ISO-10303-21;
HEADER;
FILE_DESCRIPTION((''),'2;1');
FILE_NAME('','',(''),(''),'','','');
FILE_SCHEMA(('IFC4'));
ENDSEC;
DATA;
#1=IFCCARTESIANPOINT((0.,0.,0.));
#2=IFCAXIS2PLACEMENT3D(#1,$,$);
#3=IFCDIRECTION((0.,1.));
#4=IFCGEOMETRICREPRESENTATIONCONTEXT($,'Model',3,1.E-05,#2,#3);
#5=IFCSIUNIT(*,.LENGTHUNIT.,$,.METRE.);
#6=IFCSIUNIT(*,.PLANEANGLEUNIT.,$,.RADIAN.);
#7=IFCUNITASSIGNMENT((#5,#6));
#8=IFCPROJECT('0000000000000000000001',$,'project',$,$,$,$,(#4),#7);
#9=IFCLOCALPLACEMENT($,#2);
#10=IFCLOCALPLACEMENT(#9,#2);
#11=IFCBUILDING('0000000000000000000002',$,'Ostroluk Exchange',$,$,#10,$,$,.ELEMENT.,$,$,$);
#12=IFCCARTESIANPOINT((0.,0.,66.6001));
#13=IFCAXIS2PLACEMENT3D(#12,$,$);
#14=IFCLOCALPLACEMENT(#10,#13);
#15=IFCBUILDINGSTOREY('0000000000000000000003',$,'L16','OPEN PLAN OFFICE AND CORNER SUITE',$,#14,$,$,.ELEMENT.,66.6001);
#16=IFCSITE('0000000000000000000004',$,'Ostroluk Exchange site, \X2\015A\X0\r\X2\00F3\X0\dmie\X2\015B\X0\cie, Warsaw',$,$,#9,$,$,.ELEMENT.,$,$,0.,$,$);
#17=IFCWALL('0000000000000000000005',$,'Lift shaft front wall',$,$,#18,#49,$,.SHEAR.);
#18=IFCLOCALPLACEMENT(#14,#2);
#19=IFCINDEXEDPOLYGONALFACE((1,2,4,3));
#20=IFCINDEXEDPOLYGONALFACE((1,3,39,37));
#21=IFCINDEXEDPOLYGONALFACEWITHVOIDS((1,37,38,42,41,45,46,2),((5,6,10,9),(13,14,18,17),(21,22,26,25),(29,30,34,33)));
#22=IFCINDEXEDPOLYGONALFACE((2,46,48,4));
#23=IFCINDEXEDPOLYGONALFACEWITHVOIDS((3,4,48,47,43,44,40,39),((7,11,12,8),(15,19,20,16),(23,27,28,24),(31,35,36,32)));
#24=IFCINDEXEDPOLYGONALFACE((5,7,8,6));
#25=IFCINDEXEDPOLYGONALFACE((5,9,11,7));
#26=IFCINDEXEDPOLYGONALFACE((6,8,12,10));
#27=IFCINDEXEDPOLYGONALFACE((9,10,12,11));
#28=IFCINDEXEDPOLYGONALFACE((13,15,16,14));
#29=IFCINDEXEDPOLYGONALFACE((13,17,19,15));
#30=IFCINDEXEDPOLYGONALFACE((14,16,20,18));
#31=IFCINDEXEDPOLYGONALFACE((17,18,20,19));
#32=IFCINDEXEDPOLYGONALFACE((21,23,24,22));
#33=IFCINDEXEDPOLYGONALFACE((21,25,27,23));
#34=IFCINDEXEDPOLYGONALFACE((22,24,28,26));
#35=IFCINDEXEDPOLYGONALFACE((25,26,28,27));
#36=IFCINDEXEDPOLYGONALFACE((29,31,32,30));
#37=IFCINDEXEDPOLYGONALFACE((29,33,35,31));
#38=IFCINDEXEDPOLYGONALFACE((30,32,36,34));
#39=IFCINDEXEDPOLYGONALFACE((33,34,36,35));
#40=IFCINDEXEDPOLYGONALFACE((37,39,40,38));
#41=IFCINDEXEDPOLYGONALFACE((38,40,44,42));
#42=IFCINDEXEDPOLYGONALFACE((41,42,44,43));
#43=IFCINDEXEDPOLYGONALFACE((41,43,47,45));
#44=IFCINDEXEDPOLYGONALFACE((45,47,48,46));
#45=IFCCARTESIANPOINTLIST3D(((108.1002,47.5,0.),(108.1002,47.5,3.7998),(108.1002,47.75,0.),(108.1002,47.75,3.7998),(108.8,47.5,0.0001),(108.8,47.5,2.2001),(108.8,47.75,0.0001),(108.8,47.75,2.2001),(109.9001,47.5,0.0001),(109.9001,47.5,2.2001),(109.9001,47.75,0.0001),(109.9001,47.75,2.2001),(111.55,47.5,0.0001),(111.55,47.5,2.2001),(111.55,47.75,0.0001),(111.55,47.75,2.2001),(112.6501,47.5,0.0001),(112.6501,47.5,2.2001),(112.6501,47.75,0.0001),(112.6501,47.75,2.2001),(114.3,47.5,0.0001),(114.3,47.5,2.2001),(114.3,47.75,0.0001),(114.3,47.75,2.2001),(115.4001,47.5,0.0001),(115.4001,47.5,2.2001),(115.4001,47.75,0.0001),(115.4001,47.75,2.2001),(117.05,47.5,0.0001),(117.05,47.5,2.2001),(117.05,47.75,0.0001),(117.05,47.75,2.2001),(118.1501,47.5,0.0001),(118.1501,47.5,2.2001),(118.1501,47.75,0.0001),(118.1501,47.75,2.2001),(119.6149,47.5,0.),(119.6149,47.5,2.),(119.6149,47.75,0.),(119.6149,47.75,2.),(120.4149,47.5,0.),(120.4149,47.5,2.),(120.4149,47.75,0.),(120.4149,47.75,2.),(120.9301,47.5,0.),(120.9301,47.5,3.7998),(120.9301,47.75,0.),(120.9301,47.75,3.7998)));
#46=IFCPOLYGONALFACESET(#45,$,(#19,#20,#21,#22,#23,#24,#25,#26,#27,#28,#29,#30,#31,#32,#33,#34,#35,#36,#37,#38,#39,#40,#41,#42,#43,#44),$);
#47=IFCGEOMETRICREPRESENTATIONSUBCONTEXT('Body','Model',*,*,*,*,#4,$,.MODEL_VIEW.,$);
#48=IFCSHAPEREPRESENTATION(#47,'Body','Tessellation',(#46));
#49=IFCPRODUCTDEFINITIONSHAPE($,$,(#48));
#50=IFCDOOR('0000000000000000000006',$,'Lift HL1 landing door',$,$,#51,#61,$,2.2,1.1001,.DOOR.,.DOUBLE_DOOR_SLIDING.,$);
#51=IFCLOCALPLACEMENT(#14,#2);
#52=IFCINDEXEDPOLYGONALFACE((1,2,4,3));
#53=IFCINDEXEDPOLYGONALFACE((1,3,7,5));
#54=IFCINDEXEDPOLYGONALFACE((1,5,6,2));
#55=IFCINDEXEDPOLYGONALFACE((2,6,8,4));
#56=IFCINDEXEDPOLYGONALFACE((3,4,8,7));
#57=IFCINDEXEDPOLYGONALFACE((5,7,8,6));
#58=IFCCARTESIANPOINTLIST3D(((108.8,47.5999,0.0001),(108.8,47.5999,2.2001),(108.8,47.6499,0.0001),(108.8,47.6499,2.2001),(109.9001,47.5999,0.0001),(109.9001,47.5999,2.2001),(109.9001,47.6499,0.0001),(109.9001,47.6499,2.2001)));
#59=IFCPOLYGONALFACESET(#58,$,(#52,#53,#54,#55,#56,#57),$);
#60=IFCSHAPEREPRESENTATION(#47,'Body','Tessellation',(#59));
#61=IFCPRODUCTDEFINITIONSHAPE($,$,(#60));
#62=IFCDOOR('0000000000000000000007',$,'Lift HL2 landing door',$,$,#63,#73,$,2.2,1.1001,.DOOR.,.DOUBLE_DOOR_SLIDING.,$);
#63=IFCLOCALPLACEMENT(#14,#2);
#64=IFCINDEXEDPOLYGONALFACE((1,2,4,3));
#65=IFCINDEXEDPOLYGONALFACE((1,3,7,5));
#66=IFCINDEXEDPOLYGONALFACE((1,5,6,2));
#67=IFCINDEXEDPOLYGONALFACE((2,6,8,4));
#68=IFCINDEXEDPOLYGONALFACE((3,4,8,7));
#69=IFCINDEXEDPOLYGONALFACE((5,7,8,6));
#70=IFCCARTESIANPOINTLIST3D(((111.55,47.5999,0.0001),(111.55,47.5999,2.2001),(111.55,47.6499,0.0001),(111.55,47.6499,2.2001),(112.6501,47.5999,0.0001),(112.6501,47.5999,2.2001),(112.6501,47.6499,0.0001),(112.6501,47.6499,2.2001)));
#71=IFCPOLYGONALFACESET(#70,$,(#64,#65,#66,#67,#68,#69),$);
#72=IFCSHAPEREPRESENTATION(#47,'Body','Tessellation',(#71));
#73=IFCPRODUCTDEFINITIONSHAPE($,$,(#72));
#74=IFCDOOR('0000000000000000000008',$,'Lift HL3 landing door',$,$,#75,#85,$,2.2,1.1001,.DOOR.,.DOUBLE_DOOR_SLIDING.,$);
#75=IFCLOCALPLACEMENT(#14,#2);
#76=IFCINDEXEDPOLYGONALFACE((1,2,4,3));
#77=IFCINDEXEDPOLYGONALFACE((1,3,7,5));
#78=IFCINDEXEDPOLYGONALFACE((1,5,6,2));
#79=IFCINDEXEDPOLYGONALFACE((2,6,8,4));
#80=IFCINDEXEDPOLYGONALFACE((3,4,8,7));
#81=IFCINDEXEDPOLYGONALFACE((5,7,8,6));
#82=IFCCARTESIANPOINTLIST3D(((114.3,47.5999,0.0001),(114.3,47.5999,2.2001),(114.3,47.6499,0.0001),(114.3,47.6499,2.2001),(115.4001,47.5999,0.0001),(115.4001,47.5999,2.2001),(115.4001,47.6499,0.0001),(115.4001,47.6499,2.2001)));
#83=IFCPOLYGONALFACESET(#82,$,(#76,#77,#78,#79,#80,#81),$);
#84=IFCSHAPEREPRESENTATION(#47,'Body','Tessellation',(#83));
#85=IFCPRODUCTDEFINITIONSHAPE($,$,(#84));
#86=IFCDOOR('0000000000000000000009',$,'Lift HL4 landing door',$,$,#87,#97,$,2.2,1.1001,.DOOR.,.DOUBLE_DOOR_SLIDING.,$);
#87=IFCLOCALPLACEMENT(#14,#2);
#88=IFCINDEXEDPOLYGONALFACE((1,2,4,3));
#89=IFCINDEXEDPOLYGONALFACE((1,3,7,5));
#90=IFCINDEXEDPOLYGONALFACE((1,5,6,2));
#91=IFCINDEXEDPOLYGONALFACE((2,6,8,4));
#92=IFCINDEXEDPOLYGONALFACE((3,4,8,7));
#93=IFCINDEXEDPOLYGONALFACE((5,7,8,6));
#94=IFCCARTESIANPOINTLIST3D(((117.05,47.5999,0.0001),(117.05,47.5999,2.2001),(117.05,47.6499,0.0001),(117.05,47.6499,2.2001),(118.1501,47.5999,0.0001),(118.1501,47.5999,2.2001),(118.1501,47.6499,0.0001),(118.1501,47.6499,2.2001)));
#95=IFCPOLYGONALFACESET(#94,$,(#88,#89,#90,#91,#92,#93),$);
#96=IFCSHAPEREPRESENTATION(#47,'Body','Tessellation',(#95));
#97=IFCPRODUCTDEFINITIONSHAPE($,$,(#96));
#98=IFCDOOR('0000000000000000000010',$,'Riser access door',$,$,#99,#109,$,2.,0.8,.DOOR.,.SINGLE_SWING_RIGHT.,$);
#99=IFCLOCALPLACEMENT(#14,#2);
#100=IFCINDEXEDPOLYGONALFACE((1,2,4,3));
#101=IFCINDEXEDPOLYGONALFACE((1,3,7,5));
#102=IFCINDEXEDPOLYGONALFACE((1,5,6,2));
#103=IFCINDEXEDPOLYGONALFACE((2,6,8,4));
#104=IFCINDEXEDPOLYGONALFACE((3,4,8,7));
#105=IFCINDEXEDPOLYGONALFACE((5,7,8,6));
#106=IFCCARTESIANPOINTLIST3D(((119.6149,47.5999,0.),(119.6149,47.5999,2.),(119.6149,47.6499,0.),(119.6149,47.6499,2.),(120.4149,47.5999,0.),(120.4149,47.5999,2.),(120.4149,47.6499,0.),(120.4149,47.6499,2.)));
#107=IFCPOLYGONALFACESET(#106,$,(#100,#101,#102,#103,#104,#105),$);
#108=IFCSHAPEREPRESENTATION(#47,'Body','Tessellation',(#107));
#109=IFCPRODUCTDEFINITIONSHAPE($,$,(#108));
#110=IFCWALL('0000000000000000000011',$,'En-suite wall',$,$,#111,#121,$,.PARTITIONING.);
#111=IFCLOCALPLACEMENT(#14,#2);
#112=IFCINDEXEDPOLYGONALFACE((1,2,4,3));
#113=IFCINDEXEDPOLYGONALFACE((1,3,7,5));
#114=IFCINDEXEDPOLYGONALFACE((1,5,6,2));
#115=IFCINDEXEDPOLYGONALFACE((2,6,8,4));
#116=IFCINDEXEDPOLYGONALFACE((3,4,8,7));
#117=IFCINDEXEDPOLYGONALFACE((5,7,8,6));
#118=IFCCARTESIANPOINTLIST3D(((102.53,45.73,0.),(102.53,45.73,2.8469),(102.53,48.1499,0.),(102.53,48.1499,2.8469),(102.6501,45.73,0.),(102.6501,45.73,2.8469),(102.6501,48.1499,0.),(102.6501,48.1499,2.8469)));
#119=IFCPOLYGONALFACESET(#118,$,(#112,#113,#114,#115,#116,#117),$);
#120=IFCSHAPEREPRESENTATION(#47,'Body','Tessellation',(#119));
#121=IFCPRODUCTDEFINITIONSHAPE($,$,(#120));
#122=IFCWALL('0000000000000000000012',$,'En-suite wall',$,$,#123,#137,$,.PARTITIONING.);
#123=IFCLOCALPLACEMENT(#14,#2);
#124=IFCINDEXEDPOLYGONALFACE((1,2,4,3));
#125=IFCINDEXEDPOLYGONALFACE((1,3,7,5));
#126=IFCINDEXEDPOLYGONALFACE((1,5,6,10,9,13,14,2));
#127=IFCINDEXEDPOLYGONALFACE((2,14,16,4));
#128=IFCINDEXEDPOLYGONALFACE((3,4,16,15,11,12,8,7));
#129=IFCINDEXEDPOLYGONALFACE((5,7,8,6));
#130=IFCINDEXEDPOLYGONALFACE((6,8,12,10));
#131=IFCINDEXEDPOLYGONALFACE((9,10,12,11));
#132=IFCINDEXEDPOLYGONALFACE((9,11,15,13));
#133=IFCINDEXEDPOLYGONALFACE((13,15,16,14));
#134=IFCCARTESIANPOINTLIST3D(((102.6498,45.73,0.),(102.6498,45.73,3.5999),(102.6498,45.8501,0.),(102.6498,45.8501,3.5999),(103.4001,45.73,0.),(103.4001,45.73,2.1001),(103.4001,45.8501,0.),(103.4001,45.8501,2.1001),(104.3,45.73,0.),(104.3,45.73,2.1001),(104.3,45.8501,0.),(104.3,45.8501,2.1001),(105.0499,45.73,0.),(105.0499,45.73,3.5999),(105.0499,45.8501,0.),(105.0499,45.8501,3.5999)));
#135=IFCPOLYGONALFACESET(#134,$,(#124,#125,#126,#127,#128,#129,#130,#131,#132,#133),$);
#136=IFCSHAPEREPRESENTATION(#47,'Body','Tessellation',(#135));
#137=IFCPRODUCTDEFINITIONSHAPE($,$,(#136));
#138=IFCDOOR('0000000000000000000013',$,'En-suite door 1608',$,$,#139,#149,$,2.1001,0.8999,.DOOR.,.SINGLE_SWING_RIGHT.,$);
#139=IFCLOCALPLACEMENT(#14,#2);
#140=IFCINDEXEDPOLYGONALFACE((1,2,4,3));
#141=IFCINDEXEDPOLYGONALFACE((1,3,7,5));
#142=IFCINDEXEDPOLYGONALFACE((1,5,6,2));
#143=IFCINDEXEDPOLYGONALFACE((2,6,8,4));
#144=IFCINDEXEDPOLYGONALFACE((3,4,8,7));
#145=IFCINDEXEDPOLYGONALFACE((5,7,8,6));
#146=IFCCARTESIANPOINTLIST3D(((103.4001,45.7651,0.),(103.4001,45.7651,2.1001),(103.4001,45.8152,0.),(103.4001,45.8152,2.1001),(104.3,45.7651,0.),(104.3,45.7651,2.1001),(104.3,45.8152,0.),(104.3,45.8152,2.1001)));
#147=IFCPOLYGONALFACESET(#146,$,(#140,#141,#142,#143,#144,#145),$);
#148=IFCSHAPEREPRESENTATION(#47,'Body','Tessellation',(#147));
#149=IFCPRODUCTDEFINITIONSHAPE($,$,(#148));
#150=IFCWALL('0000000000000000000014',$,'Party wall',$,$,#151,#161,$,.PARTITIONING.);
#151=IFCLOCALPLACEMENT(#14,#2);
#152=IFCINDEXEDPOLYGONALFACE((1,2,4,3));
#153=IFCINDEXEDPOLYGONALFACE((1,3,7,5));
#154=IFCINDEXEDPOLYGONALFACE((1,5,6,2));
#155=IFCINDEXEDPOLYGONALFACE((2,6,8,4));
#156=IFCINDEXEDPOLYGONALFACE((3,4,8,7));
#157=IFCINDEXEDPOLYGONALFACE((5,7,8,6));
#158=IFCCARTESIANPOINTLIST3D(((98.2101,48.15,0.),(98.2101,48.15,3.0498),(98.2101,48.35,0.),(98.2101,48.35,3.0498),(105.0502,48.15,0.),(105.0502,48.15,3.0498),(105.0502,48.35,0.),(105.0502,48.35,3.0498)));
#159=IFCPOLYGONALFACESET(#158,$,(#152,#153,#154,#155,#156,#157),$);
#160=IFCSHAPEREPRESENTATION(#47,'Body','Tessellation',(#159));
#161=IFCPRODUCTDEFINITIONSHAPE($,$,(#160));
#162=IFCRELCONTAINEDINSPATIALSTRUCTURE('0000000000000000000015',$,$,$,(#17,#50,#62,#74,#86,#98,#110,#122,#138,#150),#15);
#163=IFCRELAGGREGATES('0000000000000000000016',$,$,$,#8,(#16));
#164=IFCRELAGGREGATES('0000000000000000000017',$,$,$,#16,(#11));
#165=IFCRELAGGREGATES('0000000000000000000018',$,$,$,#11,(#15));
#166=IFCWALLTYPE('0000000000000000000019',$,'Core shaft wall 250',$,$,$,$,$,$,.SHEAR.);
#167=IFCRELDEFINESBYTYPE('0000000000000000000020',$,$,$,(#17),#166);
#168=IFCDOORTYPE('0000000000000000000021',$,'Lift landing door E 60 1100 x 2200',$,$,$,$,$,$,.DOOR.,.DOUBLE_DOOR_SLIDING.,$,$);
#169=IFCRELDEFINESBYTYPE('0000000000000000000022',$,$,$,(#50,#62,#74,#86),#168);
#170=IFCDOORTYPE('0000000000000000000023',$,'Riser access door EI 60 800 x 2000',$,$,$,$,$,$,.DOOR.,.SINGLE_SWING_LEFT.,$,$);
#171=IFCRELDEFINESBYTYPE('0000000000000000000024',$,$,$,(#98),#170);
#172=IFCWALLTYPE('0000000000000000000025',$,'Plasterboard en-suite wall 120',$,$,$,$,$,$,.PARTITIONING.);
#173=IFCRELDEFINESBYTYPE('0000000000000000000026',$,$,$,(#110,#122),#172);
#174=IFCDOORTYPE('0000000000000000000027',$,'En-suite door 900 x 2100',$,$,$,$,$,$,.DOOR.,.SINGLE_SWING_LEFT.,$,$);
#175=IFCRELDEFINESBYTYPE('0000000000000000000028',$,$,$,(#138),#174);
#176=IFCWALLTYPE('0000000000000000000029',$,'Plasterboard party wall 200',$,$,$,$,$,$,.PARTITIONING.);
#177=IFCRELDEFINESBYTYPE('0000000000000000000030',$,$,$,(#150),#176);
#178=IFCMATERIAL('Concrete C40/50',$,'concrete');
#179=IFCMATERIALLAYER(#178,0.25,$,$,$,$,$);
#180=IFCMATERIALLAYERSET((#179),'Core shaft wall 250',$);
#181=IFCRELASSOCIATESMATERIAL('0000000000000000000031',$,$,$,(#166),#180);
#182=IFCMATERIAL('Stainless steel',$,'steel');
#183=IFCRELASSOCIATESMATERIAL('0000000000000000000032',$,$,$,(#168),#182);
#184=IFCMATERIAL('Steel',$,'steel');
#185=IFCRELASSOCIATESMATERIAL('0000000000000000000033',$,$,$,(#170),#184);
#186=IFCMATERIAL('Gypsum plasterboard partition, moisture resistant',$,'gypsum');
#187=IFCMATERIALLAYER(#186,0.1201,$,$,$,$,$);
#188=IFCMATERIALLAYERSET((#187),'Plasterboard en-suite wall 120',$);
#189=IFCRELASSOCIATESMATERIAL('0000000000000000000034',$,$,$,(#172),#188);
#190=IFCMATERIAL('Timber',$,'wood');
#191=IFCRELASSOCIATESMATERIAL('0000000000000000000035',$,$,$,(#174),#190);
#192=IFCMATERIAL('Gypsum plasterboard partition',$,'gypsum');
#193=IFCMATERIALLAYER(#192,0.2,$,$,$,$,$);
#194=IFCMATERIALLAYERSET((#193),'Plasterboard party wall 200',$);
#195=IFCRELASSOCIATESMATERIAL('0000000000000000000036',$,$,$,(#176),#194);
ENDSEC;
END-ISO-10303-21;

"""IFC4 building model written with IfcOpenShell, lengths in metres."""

from ifc_helpers import new_model, si_unit, direction, frame, frame_2d, origin, place, context, subcontext, project, spatial, rectangle, extrude, material, layer, layer_set, type_object, element, fill, save


model = new_model("IFC4")

# Units and contexts
model_context = context("Model", 3, precision=1e-05, world=origin(), true_north=direction((0.0, 1.0)))
body_context = subcontext(model_context, "Body", "Model", "MODEL_VIEW")
ifc_project = project(units=[si_unit("LENGTHUNIT", "METRE"), si_unit("PLANEANGLEUNIT", "RADIAN")], contexts=[model_context])

# Site, building, storey
site_placement = place(None, origin())
site = spatial("IfcSite", under=ifc_project, at=site_placement, Name="Ostroluk Exchange site, Śródmieście, Warsaw", CompositionType="ELEMENT", RefElevation=0.0)
building_placement = place(site_placement, origin())
building = spatial("IfcBuilding", under=site, at=building_placement, Name="Ostroluk Exchange", CompositionType="ELEMENT")
storey_placement = place(building_placement, frame((0.0, 0.0, 66.6001)))
storey = spatial("IfcBuildingStorey", under=building, at=storey_placement, Name="L16", Description="OPEN PLAN OFFICE AND CORNER SUITE", CompositionType="ELEMENT", Elevation=66.6001)

# Shared definitions
ifc_material_1 = material(Name="Concrete C40/50", Category="concrete")
ifc_layer_1 = layer(ifc_material_1, 0.25)
ifc_layer_set_1 = layer_set([ifc_layer_1], Name="Core shaft wall 250")
wall_type_1 = type_object("IfcWallType", Name="Core shaft wall 250", PredefinedType="SHEAR", material=ifc_layer_set_1)

# Wall, openings, doors
wall_1_placement = place(storey_placement, frame((108.1001, 47.625, 0.0), z_axis=(0.0, 0.0, 1.0), x_axis=(1.0, 0.0, 0.0)))
wall_1 = element("IfcWall", 1, at=wall_1_placement, inside=storey, type_object=wall_type_1, Name="Lift shaft front wall", PredefinedType="SHEAR", context=body_context, shape_type="SweptSolid", body=[
    extrude(rectangle(XDim=12.8298, YDim=0.25, at=frame_2d((6.415, 0.0))), origin(), (0.0, 0.0, 1.0), 3.7998),
])
opening_1_placement = place(wall_1_placement, frame((0.7, 0.0, 0.0)))
opening_1 = element("IfcOpeningElement", 2, at=opening_1_placement, cuts=wall_1, PredefinedType="OPENING", context=body_context, shape_type="SweptSolid", body=[
    extrude(rectangle(XDim=1.1001, YDim=2.2, at=frame_2d((0.55, 1.1001))), frame((0.0, 0.135, 0.0), z_axis=(0.0, -1.0, 0.0), x_axis=(1.0, 0.0, 0.0)), (0.0, 0.0, 1.0), 0.27),
])
opening_2_placement = place(wall_1_placement, frame((3.45, 0.0, 0.0)))
opening_2 = element("IfcOpeningElement", 3, at=opening_2_placement, cuts=wall_1, PredefinedType="OPENING", context=body_context, shape_type="SweptSolid", body=[
    extrude(rectangle(XDim=1.1001, YDim=2.2, at=frame_2d((0.55, 1.1001))), frame((0.0, 0.135, 0.0), z_axis=(0.0, -1.0, 0.0), x_axis=(1.0, 0.0, 0.0)), (0.0, 0.0, 1.0), 0.27),
])
opening_3_placement = place(wall_1_placement, frame((6.2, 0.0, 0.0)))
opening_3 = element("IfcOpeningElement", 4, at=opening_3_placement, cuts=wall_1, PredefinedType="OPENING", context=body_context, shape_type="SweptSolid", body=[
    extrude(rectangle(XDim=1.1001, YDim=2.2, at=frame_2d((0.55, 1.1001))), frame((0.0, 0.135, 0.0), z_axis=(0.0, -1.0, 0.0), x_axis=(1.0, 0.0, 0.0)), (0.0, 0.0, 1.0), 0.27),
])
opening_4_placement = place(wall_1_placement, frame((8.95, 0.0, 0.0)))
opening_4 = element("IfcOpeningElement", 5, at=opening_4_placement, cuts=wall_1, PredefinedType="OPENING", context=body_context, shape_type="SweptSolid", body=[
    extrude(rectangle(XDim=1.1001, YDim=2.2, at=frame_2d((0.55, 1.1001))), frame((0.0, 0.135, 0.0), z_axis=(0.0, -1.0, 0.0), x_axis=(1.0, 0.0, 0.0)), (0.0, 0.0, 1.0), 0.27),
])
opening_5_placement = place(wall_1_placement, frame((11.5149, 0.0, 0.0)))
opening_5 = element("IfcOpeningElement", 6, at=opening_5_placement, cuts=wall_1, PredefinedType="OPENING", context=body_context, shape_type="SweptSolid", body=[
    extrude(rectangle(XDim=0.8, YDim=2.0, at=frame_2d((0.3999, 1.0))), frame((0.0, 0.135, 0.0), z_axis=(0.0, -1.0, 0.0), x_axis=(1.0, 0.0, 0.0)), (0.0, 0.0, 1.0), 0.27),
])
ifc_material_2 = material(Name="Stainless steel", Category="steel")
door_type_1 = type_object("IfcDoorType", Name="Lift landing door E 60 1100 x 2200", OperationType="DOUBLE_DOOR_SLIDING", PredefinedType="DOOR", material=ifc_material_2)
door_1_placement = place(opening_1_placement, origin())
door_1 = element("IfcDoor", 7, at=door_1_placement, inside=storey, type_object=door_type_1, Name="Lift HL1 landing door", OperationType="DOUBLE_DOOR_SLIDING", OverallHeight=2.2, OverallWidth=1.1001, PredefinedType="DOOR", context=body_context, shape_type="SweptSolid", body=[
    extrude(rectangle(XDim=1.1001, YDim=2.2, at=frame_2d((0.55, 1.1001))), frame((0.0, 0.0249, 0.0), z_axis=(0.0, -1.0, 0.0), x_axis=(1.0, 0.0, 0.0)), (0.0, 0.0, 1.0), 0.05),
])
fill(opening_1, door_1)
door_2_placement = place(opening_2_placement, origin())
door_2 = element("IfcDoor", 8, at=door_2_placement, inside=storey, type_object=door_type_1, Name="Lift HL2 landing door", OperationType="DOUBLE_DOOR_SLIDING", OverallHeight=2.2, OverallWidth=1.1001, PredefinedType="DOOR", context=body_context, shape_type="SweptSolid", body=[
    extrude(rectangle(XDim=1.1001, YDim=2.2, at=frame_2d((0.55, 1.1001))), frame((0.0, 0.0249, 0.0), z_axis=(0.0, -1.0, 0.0), x_axis=(1.0, 0.0, 0.0)), (0.0, 0.0, 1.0), 0.05),
])
fill(opening_2, door_2)
door_3_placement = place(opening_3_placement, origin())
door_3 = element("IfcDoor", 9, at=door_3_placement, inside=storey, type_object=door_type_1, Name="Lift HL3 landing door", OperationType="DOUBLE_DOOR_SLIDING", OverallHeight=2.2, OverallWidth=1.1001, PredefinedType="DOOR", context=body_context, shape_type="SweptSolid", body=[
    extrude(rectangle(XDim=1.1001, YDim=2.2, at=frame_2d((0.55, 1.1001))), frame((0.0, 0.0249, 0.0), z_axis=(0.0, -1.0, 0.0), x_axis=(1.0, 0.0, 0.0)), (0.0, 0.0, 1.0), 0.05),
])
fill(opening_3, door_3)
door_4_placement = place(opening_4_placement, origin())
door_4 = element("IfcDoor", 10, at=door_4_placement, inside=storey, type_object=door_type_1, Name="Lift HL4 landing door", OperationType="DOUBLE_DOOR_SLIDING", OverallHeight=2.2, OverallWidth=1.1001, PredefinedType="DOOR", context=body_context, shape_type="SweptSolid", body=[
    extrude(rectangle(XDim=1.1001, YDim=2.2, at=frame_2d((0.55, 1.1001))), frame((0.0, 0.0249, 0.0), z_axis=(0.0, -1.0, 0.0), x_axis=(1.0, 0.0, 0.0)), (0.0, 0.0, 1.0), 0.05),
])
fill(opening_4, door_4)
ifc_material_3 = material(Name="Steel", Category="steel")
door_type_2 = type_object("IfcDoorType", Name="Riser access door EI 60 800 x 2000", OperationType="SINGLE_SWING_LEFT", PredefinedType="DOOR", material=ifc_material_3)
door_5_placement = place(opening_5_placement, origin())
door_5 = element("IfcDoor", 11, at=door_5_placement, inside=storey, type_object=door_type_2, Name="Riser access door", OperationType="SINGLE_SWING_RIGHT", OverallHeight=2.0, OverallWidth=0.8, PredefinedType="DOOR", context=body_context, shape_type="SweptSolid", body=[
    extrude(rectangle(XDim=0.8, YDim=2.0, at=frame_2d((0.3999, 1.0))), frame((0.0, 0.0249, 0.0), z_axis=(0.0, -1.0, 0.0), x_axis=(1.0, 0.0, 0.0)), (0.0, 0.0, 1.0), 0.05),
])
fill(opening_5, door_5)

# Wall
ifc_material_4 = material(Name="Gypsum plasterboard partition, moisture resistant", Category="gypsum")
ifc_layer_2 = layer(ifc_material_4, 0.1201)
ifc_layer_set_2 = layer_set([ifc_layer_2], Name="Plasterboard en-suite wall 120")
wall_type_2 = type_object("IfcWallType", Name="Plasterboard en-suite wall 120", PredefinedType="PARTITIONING", material=ifc_layer_set_2)
wall_2_placement = place(storey_placement, frame((102.5901, 48.1499, 0.0), z_axis=(0.0, 0.0, 1.0), x_axis=(0.0, -1.0, 0.0)))
element("IfcWall", 12, at=wall_2_placement, inside=storey, type_object=wall_type_2, Name="En-suite wall", PredefinedType="PARTITIONING", context=body_context, shape_type="SweptSolid", body=[
    extrude(rectangle(XDim=2.4199, YDim=0.1201, at=frame_2d((1.21, 0.0))), origin(), (0.0, 0.0, 1.0), 2.8469),
])

# Wall, opening, door
wall_3_placement = place(storey_placement, frame((105.05, 45.79, 0.0), z_axis=(0.0, 0.0, 1.0), x_axis=(-1.0, 0.0, 0.0)))
wall_3 = element("IfcWall", 13, at=wall_3_placement, inside=storey, type_object=wall_type_2, Name="En-suite wall", PredefinedType="PARTITIONING", context=body_context, shape_type="SweptSolid", body=[
    extrude(rectangle(XDim=2.4001, YDim=0.1201, at=frame_2d((1.2002, 0.0))), origin(), (0.0, 0.0, 1.0), 3.5999),
])
opening_6_placement = place(wall_3_placement, frame((0.75, 0.0, 0.0)))
opening_6 = element("IfcOpeningElement", 14, at=opening_6_placement, cuts=wall_3, PredefinedType="OPENING", context=body_context, shape_type="SweptSolid", body=[
    extrude(rectangle(XDim=0.8999, YDim=2.1001, at=frame_2d((0.45, 1.05))), frame((0.0, 0.0701, 0.0), z_axis=(0.0, -1.0, 0.0), x_axis=(1.0, 0.0, 0.0)), (0.0, 0.0, 1.0), 0.1401),
])
ifc_material_5 = material(Name="Timber", Category="wood")
door_type_3 = type_object("IfcDoorType", Name="En-suite door 900 x 2100", OperationType="SINGLE_SWING_LEFT", PredefinedType="DOOR", material=ifc_material_5)
door_6_placement = place(opening_6_placement, origin())
door_6 = element("IfcDoor", 15, at=door_6_placement, inside=storey, type_object=door_type_3, Name="En-suite door 1608", OperationType="SINGLE_SWING_RIGHT", OverallHeight=2.1001, OverallWidth=0.8999, PredefinedType="DOOR", context=body_context, shape_type="SweptSolid", body=[
    extrude(rectangle(XDim=0.8999, YDim=2.1001, at=frame_2d((0.45, 1.05))), frame((0.0, 0.0249, 0.0), z_axis=(0.0, -1.0, 0.0), x_axis=(1.0, 0.0, 0.0)), (0.0, 0.0, 1.0), 0.05),
])
fill(opening_6, door_6)

# Wall
ifc_material_6 = material(Name="Gypsum plasterboard partition", Category="gypsum")
ifc_layer_3 = layer(ifc_material_6, 0.2)
ifc_layer_set_3 = layer_set([ifc_layer_3], Name="Plasterboard party wall 200")
wall_type_3 = type_object("IfcWallType", Name="Plasterboard party wall 200", PredefinedType="PARTITIONING", material=ifc_layer_set_3)
wall_4_placement = place(storey_placement, frame((105.05, 48.25, 0.0), z_axis=(0.0, 0.0, 1.0), x_axis=(-1.0, 0.0, 0.0)))
element("IfcWall", 16, at=wall_4_placement, inside=storey, type_object=wall_type_3, Name="Party wall", PredefinedType="PARTITIONING", context=body_context, shape_type="SweptSolid", body=[
    extrude(rectangle(XDim=6.8401, YDim=0.2, at=frame_2d((3.4199, 0.0))), origin(), (0.0, 0.0, 1.0), 3.0498),
])

save(model, "model.ifc")
